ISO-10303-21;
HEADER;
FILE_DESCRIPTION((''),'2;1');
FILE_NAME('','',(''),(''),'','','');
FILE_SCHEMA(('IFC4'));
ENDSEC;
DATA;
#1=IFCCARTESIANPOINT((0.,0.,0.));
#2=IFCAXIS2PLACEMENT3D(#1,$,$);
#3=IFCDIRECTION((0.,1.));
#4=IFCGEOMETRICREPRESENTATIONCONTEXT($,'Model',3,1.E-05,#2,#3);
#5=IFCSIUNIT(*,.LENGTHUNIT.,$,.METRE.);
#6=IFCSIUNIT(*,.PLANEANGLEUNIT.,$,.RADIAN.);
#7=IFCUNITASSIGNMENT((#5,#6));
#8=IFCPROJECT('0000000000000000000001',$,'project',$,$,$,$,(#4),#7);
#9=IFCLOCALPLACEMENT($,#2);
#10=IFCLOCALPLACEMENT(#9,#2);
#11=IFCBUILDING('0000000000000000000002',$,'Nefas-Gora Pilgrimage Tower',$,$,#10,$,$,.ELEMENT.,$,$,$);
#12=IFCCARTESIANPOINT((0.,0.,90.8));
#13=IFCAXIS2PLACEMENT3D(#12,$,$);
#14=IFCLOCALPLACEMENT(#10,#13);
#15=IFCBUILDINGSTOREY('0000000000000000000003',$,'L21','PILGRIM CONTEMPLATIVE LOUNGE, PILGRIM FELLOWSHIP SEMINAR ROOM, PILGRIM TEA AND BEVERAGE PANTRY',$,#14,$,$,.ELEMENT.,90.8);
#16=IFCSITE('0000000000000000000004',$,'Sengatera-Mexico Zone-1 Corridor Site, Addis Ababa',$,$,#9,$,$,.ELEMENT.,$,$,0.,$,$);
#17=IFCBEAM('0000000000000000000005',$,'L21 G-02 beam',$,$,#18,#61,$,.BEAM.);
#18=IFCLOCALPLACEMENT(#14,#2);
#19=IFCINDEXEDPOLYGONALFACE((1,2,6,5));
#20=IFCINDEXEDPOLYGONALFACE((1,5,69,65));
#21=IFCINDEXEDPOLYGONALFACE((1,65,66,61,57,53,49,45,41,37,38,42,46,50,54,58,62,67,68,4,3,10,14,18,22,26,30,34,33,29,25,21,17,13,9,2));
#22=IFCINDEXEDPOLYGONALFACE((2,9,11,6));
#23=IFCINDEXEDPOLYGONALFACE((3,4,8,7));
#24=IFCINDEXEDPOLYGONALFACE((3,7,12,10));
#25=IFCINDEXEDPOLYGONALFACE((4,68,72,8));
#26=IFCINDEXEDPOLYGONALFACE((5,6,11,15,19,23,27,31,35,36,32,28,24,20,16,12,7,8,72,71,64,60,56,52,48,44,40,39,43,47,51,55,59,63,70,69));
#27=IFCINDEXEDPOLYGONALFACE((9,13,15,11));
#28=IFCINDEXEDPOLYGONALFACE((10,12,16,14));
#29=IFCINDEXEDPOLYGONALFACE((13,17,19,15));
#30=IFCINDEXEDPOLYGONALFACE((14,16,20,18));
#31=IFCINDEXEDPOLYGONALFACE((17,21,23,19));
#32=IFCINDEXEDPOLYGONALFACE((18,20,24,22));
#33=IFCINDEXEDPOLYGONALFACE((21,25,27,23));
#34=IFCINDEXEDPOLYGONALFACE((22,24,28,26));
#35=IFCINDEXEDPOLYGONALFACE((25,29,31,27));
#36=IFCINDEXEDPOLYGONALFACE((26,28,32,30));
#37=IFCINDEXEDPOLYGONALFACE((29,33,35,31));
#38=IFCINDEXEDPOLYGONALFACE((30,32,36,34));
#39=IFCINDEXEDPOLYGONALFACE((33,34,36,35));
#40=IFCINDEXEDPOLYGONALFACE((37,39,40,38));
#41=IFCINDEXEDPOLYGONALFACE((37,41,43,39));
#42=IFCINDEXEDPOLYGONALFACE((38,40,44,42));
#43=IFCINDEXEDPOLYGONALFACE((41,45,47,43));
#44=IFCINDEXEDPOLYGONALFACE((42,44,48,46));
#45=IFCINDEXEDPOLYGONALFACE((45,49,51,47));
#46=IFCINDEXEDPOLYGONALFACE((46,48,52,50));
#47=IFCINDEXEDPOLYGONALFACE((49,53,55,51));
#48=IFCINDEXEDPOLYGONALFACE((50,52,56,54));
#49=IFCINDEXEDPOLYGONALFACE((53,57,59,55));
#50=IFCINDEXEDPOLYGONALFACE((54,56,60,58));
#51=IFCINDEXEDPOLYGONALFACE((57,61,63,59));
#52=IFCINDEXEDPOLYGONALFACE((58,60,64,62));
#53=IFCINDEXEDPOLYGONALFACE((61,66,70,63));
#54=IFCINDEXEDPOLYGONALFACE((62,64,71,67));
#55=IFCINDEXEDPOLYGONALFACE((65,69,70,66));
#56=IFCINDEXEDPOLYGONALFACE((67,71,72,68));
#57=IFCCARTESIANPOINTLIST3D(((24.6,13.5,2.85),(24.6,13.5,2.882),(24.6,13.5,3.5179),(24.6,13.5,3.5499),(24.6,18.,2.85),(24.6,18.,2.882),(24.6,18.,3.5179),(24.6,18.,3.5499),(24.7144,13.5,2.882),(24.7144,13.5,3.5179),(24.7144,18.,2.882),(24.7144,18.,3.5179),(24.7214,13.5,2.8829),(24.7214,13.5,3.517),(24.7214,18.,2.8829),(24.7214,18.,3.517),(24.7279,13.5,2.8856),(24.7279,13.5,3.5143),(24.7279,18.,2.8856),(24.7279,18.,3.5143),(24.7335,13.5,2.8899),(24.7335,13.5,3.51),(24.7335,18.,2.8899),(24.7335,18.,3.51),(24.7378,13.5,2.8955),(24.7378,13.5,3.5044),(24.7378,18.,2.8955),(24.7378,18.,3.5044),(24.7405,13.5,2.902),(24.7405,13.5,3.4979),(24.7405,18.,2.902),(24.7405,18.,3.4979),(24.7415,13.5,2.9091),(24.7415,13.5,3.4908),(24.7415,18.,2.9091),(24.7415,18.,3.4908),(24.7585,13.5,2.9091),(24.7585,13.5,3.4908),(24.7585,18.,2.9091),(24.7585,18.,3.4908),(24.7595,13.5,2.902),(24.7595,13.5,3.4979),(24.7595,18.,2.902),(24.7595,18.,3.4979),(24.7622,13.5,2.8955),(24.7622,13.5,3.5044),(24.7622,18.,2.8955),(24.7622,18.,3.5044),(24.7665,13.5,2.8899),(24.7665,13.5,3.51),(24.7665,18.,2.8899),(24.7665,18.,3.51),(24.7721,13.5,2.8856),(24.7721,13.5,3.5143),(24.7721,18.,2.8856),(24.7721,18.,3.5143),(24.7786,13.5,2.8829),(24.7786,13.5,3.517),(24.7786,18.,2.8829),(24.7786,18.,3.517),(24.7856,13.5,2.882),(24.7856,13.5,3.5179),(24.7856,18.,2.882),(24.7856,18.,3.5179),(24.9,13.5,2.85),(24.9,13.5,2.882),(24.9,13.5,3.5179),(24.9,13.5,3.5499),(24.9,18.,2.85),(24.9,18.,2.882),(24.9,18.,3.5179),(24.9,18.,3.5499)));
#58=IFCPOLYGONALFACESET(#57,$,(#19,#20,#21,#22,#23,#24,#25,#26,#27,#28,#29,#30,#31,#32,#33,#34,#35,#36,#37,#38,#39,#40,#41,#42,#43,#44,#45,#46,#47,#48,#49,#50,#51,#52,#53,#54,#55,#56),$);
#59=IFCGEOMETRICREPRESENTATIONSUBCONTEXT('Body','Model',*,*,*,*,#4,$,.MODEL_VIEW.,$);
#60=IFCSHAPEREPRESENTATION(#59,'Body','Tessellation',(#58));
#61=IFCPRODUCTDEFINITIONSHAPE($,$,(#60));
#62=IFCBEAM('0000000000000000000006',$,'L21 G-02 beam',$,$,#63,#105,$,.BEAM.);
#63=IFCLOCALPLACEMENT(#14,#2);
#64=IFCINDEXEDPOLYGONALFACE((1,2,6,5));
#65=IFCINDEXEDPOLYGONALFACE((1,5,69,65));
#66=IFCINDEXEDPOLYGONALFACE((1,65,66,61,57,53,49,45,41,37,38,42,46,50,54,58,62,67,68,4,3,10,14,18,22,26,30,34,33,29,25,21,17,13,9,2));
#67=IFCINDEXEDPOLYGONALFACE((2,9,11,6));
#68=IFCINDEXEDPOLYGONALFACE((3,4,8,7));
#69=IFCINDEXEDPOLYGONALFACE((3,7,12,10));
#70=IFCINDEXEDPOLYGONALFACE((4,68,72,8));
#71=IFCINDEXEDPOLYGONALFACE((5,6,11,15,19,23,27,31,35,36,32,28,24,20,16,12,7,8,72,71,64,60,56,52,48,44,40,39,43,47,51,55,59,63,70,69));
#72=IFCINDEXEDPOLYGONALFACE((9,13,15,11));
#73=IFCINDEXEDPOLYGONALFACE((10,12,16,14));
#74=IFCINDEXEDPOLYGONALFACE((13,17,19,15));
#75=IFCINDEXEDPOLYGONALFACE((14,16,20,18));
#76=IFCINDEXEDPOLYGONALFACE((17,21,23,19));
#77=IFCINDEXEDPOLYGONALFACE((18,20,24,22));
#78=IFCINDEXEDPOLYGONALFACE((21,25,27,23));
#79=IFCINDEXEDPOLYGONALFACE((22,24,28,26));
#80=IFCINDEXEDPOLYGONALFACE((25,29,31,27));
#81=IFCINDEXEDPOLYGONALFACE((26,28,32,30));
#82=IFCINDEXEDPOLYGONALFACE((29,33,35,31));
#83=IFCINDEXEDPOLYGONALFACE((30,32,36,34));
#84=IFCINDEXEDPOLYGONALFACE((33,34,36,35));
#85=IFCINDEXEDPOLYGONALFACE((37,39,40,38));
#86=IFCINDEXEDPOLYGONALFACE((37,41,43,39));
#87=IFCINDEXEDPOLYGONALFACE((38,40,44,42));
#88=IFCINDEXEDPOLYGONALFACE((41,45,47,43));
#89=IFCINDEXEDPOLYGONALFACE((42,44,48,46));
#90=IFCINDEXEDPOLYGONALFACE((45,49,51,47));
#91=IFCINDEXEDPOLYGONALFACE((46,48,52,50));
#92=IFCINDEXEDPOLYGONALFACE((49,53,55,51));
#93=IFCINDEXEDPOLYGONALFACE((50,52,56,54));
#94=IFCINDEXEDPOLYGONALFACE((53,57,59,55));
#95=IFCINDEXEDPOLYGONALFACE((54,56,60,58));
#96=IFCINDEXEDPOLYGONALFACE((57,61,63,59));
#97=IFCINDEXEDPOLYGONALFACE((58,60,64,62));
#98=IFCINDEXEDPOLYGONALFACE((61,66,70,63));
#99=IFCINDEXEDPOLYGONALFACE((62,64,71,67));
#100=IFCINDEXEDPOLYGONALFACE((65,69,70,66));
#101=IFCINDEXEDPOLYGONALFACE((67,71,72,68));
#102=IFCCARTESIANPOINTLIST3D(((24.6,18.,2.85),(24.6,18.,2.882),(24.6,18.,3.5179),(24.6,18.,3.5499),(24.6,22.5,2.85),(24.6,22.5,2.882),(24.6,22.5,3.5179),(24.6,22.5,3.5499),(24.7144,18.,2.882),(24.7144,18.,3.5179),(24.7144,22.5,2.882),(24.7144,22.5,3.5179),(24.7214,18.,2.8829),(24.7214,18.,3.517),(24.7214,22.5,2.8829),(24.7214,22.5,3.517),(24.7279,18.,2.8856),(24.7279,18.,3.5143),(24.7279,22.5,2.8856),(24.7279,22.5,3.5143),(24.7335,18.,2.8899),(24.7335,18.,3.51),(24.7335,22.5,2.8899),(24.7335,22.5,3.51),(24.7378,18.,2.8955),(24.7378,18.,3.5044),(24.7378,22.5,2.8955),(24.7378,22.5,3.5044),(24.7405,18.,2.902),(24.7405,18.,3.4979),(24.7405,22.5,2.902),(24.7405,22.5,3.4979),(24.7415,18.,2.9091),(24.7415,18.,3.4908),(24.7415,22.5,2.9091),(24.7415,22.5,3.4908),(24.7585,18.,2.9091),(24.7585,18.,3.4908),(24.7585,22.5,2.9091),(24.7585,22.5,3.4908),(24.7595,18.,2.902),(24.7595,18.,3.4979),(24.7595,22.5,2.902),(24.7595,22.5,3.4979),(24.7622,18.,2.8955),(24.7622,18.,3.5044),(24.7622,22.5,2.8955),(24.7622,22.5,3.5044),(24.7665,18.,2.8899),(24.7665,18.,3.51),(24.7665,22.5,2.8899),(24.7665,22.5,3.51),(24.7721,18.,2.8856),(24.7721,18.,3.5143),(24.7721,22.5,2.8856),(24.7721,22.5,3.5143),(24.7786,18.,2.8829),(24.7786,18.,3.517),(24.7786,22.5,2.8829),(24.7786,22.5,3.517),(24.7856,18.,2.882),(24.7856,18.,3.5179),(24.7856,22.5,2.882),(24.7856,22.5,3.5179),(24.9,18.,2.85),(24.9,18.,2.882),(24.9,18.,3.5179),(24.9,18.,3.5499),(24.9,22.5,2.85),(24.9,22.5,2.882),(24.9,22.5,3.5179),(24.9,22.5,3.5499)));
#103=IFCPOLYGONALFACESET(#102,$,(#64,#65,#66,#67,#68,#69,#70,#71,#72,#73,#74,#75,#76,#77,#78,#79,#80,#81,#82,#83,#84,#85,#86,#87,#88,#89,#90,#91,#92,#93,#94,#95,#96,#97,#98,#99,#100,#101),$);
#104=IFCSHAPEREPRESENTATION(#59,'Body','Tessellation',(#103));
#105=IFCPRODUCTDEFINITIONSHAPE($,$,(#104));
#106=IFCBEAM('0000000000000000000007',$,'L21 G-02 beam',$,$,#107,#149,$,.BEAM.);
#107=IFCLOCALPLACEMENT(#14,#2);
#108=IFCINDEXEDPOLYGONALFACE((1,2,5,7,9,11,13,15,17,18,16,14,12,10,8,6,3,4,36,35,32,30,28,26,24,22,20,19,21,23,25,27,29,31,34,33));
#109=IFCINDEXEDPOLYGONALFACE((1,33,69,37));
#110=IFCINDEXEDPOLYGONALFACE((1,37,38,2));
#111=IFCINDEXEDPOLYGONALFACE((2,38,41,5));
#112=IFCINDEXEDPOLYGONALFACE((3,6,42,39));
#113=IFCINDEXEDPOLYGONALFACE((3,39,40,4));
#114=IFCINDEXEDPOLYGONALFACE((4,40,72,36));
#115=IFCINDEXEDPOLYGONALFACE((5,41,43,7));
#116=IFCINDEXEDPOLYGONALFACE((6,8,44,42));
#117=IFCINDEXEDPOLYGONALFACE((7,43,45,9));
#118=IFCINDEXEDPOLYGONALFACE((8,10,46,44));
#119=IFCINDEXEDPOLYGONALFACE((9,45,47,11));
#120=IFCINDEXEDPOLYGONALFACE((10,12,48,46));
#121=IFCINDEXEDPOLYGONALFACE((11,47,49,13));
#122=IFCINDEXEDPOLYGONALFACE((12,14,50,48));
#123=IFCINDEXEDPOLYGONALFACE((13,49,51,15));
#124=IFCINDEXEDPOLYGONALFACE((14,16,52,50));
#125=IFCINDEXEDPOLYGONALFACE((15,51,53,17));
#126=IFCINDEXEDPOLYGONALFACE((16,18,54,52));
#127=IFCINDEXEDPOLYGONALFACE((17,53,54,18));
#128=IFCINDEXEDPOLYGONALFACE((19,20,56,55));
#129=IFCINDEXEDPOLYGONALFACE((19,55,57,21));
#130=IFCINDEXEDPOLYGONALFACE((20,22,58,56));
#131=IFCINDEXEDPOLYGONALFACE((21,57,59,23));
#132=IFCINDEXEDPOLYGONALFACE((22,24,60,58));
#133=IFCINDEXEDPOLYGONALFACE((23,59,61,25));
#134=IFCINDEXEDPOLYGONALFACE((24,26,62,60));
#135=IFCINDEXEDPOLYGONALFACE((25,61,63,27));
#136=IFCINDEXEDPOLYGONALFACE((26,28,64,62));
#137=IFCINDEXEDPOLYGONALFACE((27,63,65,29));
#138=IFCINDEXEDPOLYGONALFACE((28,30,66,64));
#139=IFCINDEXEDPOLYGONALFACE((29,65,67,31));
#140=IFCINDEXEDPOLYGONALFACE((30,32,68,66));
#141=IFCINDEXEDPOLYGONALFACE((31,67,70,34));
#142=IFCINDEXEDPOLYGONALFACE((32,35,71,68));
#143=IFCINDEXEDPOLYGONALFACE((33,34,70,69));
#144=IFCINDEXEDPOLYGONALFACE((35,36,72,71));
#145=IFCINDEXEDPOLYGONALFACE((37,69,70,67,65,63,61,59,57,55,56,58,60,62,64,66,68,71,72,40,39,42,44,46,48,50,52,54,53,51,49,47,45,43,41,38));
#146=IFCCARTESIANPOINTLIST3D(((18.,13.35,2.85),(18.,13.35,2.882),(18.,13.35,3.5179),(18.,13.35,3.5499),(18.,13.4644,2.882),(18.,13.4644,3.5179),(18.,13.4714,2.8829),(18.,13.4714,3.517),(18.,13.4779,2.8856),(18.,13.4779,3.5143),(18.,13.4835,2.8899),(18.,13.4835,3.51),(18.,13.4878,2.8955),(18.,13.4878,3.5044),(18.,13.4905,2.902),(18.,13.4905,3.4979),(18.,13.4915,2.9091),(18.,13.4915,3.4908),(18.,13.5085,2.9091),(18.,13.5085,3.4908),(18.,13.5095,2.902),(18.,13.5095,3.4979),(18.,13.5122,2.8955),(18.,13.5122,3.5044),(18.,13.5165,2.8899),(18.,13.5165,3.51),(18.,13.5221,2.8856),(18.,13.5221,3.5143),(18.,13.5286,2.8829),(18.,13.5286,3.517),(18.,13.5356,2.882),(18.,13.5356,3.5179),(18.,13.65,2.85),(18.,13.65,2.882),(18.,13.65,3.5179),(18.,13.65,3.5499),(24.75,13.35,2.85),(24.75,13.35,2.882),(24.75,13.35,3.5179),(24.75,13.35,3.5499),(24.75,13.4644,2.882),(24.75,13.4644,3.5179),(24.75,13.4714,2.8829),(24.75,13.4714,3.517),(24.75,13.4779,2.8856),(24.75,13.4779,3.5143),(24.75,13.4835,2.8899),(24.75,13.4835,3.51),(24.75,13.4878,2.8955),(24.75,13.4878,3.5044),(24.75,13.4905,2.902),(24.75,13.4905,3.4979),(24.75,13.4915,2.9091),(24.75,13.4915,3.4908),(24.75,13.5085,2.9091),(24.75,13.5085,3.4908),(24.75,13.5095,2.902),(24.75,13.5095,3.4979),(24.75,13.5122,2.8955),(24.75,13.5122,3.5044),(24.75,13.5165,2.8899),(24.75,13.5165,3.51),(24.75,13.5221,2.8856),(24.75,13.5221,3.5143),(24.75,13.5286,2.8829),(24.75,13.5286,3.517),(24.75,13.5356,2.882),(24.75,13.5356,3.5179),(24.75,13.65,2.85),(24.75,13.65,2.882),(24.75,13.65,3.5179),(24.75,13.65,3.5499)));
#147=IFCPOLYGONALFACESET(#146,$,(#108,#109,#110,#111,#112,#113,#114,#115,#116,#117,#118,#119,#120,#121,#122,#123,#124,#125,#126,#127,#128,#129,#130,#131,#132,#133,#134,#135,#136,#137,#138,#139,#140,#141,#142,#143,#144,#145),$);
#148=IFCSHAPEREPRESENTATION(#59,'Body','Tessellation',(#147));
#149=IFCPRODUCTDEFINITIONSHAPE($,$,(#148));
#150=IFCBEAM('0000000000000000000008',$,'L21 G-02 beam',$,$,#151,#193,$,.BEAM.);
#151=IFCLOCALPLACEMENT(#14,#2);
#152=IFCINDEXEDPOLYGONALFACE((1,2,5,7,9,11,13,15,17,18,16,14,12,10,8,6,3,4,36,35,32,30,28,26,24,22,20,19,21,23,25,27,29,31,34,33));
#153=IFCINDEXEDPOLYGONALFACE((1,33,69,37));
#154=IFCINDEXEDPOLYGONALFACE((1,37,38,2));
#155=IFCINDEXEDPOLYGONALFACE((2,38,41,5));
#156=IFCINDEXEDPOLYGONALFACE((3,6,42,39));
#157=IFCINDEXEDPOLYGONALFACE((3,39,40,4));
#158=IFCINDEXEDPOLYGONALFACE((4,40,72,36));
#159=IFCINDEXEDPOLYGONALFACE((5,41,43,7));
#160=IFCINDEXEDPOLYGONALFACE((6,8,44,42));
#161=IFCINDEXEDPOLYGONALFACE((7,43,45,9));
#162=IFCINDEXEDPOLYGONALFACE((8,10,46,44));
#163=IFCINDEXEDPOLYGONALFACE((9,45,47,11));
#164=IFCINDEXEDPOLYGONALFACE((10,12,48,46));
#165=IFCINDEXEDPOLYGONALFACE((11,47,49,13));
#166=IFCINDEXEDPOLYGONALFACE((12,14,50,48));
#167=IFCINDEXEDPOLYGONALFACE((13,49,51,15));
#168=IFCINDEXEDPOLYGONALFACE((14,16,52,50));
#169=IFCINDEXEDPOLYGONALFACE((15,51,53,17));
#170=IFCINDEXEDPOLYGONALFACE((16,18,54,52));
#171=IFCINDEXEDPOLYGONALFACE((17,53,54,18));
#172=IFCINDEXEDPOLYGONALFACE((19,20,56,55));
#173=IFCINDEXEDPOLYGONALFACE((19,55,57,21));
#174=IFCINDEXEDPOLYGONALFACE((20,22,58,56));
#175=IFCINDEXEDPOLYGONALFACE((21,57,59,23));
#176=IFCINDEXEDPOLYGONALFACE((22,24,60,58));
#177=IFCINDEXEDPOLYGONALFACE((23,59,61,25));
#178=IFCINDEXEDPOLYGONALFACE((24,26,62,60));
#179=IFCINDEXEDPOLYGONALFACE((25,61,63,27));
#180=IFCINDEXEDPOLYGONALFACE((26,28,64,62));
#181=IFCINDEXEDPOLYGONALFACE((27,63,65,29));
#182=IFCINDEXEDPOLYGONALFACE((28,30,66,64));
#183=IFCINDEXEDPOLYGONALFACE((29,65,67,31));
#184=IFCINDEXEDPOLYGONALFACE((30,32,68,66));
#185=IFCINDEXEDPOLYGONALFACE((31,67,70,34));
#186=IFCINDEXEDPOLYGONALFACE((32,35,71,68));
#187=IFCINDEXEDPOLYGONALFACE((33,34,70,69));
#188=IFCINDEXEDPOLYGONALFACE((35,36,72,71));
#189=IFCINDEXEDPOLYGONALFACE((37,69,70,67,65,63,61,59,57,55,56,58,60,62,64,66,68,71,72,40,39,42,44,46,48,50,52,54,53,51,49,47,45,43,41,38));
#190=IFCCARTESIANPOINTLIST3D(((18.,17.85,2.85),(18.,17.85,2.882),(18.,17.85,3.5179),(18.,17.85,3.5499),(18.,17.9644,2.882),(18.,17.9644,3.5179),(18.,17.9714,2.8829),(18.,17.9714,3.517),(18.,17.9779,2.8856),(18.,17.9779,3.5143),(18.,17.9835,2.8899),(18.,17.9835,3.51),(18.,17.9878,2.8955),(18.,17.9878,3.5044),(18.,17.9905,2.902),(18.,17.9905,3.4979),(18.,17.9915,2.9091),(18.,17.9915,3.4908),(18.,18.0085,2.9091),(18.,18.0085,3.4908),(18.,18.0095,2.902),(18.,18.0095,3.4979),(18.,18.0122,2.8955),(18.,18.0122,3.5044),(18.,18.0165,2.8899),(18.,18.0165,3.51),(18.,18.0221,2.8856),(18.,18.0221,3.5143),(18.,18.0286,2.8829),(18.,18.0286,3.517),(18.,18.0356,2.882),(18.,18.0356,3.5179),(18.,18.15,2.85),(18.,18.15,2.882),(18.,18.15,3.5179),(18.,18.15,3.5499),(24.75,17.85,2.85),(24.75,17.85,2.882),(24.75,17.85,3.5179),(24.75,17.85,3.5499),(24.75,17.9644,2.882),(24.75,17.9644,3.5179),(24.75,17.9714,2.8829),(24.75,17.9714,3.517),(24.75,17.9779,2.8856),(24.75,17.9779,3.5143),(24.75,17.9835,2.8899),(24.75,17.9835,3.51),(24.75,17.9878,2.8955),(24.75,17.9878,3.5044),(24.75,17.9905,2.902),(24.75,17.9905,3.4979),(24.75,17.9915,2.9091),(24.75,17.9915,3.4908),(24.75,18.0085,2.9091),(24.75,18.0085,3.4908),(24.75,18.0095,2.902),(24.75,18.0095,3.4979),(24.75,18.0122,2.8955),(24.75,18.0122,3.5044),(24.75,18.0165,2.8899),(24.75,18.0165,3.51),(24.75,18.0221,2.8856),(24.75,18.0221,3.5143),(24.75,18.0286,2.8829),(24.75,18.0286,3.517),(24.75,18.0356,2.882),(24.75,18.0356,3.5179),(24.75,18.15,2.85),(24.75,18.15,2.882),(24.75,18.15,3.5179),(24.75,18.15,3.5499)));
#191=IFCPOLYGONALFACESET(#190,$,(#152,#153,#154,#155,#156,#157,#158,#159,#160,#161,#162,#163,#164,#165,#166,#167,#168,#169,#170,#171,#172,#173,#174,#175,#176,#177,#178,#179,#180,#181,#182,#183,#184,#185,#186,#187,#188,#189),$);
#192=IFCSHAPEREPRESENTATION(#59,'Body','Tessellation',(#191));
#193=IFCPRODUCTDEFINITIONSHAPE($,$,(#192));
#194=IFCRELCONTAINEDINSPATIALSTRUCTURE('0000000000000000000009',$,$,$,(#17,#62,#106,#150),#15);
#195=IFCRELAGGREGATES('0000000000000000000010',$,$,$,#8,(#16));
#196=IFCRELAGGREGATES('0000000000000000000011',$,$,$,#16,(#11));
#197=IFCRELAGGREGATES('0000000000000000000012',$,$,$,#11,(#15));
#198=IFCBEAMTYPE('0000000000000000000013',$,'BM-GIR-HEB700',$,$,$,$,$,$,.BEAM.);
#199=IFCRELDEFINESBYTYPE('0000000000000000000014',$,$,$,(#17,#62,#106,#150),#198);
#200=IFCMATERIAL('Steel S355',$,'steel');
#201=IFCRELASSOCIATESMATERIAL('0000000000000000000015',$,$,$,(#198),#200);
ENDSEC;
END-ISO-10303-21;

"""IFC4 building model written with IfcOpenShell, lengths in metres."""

from ifc_helpers import new_model, si_unit, direction, frame, origin, origin_2d, place, context, subcontext, project, spatial, i_section, extrude, source, transform, mapped, material, material_profile, profile_set, type_object, element, save


model = new_model("IFC4")

# Units and contexts
model_context = context("Model", 3, precision=1e-05, world=origin(), true_north=direction((0.0, 1.0)))
body_context = subcontext(model_context, "Body", "Model", "MODEL_VIEW")
ifc_project = project(units=[si_unit("LENGTHUNIT", "METRE"), si_unit("PLANEANGLEUNIT", "RADIAN")], contexts=[model_context])

# Site, building, storey
site_placement = place(None, origin())
site = spatial("IfcSite", under=ifc_project, at=site_placement, Name="Sengatera-Mexico Zone-1 Corridor Site, Addis Ababa", CompositionType="ELEMENT", RefElevation=0.0)
building_placement = place(site_placement, origin())
building = spatial("IfcBuilding", under=site, at=building_placement, Name="Nefas-Gora Pilgrimage Tower", CompositionType="ELEMENT")
storey_placement = place(building_placement, frame((0.0, 0.0, 90.8)))
storey = spatial("IfcBuildingStorey", under=building, at=storey_placement, Name="L21", Description="PILGRIM CONTEMPLATIVE LOUNGE, PILGRIM FELLOWSHIP SEMINAR ROOM, PILGRIM TEA AND BEVERAGE PANTRY", CompositionType="ELEMENT", Elevation=90.8)

# Beams
ifc_material_1 = material(Name="Steel S355", Category="steel")
ifc_material_profile_1 = material_profile(ifc_material_1, i_section(OverallWidth=0.3, OverallDepth=0.7, WebThickness=0.0171, FlangeThickness=0.032, FilletRadius=0.0271, at=origin_2d()), Name="HEB 700")
ifc_profile_set_1 = profile_set([ifc_material_profile_1], Name="Steel S355")
beam_type_1 = type_object("IfcBeamType", Name="BM-GIR-HEB700", PredefinedType="BEAM", material=ifc_profile_set_1)
shared_shape_1 = source(origin(), body_context, "Body", "SweptSolid", [
    extrude(i_section(OverallWidth=0.3, OverallDepth=0.7, WebThickness=0.0171, FlangeThickness=0.032, FilletRadius=0.0271, at=origin_2d()), origin(), (0.0, 0.0, 1.0), 4.5),
])
for number, where, z_axis, x_axis, name in (
    (1, (24.75, 13.5, 3.2), (0.0, 1.0, 0.0), (-1.0, 0.0, 0.0), "L21 G-02 beam"),
    (2, (24.75, 18.0, 3.2), (0.0, 1.0, 0.0), (-1.0, 0.0, 0.0), "L21 G-02 beam"),
):
    element("IfcBeam", number, at=place(storey_placement, frame(where, z_axis=z_axis, x_axis=x_axis)), inside=storey, type_object=beam_type_1, Name=name, PredefinedType="BEAM", context=body_context, shape_type="MappedRepresentation", body=[
        mapped(shared_shape_1, transform((0.0, 0.0, 0.0), x_axis=(1.0, 0.0, 0.0), y_axis=(0.0, 1.0, 0.0), z_axis=(0.0, 0.0, 1.0), scale=1.0)),
    ])
shared_shape_2 = source(origin(), body_context, "Body", "SweptSolid", [
    extrude(i_section(OverallWidth=0.3, OverallDepth=0.7, WebThickness=0.0171, FlangeThickness=0.032, FilletRadius=0.0271, at=origin_2d()), origin(), (0.0, 0.0, 1.0), 6.75),
])
for number, where, z_axis, x_axis, name in (
    (3, (18.0, 13.5, 3.2), (1.0, 0.0, 0.0), (0.0, 1.0, 0.0), "L21 G-02 beam"),
    (4, (18.0, 18.0, 3.2), (1.0, 0.0, 0.0), (0.0, 1.0, 0.0), "L21 G-02 beam"),
):
    element("IfcBeam", number, at=place(storey_placement, frame(where, z_axis=z_axis, x_axis=x_axis)), inside=storey, type_object=beam_type_1, Name=name, PredefinedType="BEAM", context=body_context, shape_type="MappedRepresentation", body=[
        mapped(shared_shape_2, transform((0.0, 0.0, 0.0), x_axis=(1.0, 0.0, 0.0), y_axis=(0.0, 1.0, 0.0), z_axis=(0.0, 0.0, 1.0), scale=1.0)),
    ])

save(model, "model.ifc")
